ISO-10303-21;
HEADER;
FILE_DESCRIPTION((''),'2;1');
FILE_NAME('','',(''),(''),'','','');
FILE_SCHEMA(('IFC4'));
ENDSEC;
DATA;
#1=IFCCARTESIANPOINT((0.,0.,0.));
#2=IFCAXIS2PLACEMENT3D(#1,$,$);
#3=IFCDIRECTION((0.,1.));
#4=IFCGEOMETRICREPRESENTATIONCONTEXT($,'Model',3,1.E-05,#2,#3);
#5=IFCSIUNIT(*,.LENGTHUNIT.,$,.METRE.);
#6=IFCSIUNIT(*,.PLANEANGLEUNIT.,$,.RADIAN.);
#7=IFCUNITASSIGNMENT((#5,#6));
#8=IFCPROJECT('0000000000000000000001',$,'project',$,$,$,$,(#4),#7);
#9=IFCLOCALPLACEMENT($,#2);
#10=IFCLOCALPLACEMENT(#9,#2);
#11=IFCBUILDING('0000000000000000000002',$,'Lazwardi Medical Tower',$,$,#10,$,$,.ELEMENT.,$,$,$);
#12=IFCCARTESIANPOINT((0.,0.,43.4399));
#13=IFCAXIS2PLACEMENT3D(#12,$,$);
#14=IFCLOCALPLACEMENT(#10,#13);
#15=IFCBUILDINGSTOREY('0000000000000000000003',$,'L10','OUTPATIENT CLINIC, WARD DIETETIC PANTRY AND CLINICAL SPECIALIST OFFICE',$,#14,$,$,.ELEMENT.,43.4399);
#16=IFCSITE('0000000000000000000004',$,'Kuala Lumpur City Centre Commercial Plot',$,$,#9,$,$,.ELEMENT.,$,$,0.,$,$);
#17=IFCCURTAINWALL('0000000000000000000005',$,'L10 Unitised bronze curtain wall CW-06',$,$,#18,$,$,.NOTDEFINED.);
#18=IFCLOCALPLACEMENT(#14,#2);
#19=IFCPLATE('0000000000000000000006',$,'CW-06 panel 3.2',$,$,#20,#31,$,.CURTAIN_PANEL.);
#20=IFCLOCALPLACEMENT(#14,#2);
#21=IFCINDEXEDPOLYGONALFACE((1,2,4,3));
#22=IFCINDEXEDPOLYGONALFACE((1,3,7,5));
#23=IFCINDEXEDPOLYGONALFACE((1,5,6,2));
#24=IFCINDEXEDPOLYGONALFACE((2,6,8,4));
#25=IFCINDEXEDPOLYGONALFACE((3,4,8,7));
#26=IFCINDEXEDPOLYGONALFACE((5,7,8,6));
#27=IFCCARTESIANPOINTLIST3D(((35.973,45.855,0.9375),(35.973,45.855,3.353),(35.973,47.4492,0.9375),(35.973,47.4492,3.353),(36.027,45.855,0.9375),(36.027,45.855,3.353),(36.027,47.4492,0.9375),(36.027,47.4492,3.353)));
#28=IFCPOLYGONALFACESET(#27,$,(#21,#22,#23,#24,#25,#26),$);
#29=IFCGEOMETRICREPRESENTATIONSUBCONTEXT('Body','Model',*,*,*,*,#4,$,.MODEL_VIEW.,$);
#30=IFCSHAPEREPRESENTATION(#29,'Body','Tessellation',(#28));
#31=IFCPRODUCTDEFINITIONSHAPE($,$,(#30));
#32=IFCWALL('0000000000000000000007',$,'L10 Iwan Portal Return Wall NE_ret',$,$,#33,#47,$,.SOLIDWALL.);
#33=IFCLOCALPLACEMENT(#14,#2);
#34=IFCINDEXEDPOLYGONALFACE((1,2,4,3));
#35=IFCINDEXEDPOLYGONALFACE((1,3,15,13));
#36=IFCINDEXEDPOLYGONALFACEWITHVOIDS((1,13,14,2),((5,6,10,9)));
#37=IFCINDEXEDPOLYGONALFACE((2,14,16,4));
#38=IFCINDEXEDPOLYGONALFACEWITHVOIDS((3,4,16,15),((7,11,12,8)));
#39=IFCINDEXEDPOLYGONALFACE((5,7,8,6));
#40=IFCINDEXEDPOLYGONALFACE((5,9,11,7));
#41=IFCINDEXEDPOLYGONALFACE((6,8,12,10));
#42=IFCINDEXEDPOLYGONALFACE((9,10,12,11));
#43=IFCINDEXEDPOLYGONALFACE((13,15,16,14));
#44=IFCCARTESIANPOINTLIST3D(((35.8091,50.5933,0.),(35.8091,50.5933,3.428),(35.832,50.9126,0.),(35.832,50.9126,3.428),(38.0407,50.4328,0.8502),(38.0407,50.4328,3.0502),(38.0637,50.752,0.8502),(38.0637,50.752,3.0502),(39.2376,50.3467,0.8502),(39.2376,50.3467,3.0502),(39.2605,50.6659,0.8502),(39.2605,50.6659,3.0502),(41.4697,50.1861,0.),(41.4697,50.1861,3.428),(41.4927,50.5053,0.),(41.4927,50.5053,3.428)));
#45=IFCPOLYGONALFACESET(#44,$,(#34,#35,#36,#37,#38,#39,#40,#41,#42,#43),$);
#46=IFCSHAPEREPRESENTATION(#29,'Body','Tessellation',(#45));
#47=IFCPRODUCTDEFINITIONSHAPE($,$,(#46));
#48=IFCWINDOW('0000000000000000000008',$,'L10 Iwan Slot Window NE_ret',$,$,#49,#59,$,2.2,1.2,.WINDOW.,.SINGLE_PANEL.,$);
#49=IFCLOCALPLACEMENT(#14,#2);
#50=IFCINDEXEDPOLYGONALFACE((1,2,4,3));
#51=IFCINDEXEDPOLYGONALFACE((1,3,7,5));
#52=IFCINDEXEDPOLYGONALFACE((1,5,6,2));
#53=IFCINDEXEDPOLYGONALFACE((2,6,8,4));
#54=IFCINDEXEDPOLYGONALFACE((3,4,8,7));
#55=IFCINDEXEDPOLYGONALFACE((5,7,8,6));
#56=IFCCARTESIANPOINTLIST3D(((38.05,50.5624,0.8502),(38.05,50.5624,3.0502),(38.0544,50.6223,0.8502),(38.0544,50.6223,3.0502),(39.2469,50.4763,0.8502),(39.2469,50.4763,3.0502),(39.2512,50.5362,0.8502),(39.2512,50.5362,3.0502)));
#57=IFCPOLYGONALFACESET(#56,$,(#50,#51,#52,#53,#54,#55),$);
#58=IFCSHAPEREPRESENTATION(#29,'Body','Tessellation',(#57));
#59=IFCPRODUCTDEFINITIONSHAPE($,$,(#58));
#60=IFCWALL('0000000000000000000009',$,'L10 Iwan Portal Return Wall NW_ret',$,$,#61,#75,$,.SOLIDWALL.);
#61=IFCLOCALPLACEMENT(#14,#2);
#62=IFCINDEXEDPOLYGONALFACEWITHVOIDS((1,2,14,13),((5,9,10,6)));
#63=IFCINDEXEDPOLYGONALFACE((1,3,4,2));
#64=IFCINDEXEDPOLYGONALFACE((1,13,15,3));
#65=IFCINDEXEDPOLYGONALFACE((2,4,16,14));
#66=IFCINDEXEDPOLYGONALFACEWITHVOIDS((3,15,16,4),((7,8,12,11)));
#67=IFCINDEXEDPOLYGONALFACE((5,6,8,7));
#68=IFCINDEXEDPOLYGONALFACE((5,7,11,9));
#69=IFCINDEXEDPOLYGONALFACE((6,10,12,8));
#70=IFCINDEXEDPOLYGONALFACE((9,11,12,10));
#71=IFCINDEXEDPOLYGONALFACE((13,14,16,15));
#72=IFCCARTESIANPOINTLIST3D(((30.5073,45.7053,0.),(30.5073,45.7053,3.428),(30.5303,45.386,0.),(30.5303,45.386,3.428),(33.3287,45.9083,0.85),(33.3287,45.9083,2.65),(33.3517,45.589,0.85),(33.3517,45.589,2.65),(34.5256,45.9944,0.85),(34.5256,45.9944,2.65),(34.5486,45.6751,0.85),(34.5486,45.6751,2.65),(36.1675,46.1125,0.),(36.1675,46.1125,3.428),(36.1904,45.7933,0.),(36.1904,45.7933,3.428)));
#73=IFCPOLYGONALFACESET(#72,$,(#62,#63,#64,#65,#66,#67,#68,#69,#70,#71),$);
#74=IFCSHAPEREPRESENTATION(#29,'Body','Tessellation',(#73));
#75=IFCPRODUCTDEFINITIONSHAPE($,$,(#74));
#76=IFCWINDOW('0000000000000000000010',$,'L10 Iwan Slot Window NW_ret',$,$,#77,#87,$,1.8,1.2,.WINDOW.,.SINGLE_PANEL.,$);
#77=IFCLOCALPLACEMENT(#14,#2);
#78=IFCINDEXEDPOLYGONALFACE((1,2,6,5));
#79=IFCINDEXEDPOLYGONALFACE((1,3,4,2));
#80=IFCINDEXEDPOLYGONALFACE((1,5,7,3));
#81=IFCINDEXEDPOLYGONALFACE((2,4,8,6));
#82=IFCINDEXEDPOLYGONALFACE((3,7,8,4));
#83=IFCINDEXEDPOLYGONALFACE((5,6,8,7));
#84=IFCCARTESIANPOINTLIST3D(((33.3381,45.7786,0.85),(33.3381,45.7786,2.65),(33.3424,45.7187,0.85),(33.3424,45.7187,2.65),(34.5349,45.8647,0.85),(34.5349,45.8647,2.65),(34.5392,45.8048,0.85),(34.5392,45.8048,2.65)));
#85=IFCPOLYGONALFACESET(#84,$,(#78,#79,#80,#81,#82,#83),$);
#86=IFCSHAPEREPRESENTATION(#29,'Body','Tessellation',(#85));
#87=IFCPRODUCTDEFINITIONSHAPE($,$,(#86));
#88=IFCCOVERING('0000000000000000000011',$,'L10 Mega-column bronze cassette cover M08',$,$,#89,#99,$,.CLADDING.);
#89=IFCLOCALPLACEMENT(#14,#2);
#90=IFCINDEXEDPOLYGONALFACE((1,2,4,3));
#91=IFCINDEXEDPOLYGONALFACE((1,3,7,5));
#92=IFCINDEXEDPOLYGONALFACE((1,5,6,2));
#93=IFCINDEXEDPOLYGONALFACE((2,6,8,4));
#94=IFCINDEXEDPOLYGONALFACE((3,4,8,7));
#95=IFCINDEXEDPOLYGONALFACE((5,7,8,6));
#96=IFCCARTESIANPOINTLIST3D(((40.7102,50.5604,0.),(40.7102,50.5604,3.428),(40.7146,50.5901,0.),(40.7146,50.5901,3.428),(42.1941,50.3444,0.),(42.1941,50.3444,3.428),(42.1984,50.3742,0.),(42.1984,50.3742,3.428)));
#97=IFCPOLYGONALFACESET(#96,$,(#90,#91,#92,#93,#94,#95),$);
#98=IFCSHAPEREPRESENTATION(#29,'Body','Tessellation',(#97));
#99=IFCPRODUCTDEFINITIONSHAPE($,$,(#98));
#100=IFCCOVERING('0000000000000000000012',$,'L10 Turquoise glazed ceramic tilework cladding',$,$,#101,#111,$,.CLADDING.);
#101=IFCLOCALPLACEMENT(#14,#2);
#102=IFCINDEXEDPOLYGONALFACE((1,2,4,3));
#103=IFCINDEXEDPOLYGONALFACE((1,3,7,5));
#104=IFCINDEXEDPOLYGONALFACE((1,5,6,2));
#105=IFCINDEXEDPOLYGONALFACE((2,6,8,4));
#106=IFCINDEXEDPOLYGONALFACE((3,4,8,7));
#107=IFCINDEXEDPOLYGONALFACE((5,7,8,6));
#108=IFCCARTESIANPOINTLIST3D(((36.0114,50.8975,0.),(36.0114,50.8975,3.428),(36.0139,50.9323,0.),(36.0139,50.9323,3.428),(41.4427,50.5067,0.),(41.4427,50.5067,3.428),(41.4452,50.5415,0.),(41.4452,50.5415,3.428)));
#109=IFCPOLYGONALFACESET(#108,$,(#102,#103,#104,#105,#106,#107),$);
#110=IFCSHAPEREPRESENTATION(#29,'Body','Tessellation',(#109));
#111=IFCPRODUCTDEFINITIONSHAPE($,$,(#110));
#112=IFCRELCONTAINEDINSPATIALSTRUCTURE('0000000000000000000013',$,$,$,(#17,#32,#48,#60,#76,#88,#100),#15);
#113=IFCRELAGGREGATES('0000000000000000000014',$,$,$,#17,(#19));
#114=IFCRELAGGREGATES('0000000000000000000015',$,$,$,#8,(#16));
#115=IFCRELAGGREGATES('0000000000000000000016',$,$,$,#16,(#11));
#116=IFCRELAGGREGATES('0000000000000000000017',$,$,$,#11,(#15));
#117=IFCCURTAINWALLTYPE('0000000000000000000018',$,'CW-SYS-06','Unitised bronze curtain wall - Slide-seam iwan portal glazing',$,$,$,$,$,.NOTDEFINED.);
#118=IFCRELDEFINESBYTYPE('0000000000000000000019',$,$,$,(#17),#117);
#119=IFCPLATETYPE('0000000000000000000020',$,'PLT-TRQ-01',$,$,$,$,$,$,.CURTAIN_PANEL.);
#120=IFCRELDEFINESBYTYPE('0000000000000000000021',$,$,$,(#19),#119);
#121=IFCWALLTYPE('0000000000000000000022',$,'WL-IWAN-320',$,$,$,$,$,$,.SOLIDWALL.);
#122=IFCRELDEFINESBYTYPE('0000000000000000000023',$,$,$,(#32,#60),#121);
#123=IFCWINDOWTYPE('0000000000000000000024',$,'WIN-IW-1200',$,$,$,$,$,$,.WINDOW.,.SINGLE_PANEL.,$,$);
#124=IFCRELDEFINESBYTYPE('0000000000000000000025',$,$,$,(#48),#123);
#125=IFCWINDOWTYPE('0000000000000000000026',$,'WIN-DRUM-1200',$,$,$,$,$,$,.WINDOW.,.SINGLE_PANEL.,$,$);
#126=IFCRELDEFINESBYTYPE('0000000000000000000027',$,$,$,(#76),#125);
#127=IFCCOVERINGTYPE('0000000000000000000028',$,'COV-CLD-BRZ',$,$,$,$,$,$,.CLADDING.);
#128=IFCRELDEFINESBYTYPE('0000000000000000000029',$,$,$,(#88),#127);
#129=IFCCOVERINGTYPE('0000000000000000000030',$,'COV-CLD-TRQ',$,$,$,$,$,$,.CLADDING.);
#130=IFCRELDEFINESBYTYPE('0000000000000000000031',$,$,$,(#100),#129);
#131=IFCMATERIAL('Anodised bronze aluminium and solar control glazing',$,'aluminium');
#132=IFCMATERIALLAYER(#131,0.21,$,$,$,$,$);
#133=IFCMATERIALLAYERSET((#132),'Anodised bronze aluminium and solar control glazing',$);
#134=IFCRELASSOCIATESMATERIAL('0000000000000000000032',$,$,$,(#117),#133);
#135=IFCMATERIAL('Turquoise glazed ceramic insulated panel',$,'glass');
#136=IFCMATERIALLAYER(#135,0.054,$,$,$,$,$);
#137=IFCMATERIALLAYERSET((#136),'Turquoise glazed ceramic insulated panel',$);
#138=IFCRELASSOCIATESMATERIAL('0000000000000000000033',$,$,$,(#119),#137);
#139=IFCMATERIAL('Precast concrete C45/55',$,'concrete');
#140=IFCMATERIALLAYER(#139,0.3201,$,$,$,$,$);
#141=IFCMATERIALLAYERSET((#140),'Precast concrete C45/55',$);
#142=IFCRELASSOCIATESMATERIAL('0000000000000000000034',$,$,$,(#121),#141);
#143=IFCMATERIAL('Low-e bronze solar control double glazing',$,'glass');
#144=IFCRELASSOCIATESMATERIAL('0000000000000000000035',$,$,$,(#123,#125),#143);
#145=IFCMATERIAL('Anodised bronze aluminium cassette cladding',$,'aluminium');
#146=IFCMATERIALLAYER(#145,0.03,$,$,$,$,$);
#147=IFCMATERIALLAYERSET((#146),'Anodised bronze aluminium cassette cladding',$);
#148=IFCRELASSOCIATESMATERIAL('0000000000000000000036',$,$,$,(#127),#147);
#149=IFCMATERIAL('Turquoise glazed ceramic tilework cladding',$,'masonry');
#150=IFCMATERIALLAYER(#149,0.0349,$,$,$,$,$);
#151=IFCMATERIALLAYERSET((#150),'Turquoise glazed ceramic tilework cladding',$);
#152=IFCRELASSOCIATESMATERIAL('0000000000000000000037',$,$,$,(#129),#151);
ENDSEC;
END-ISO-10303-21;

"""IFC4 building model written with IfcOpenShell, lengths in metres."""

from ifc_helpers import new_model, si_unit, direction, frame, frame_2d, origin, origin_2d, place, context, subcontext, project, spatial, rectangle, extrude, material, layer, layer_set, type_object, element, fill, aggregate, save


model = new_model("IFC4")

# Units and contexts
model_context = context("Model", 3, precision=1e-05, world=origin(), true_north=direction((0.0, 1.0)))
body_context = subcontext(model_context, "Body", "Model", "MODEL_VIEW")
ifc_project = project(units=[si_unit("LENGTHUNIT", "METRE"), si_unit("PLANEANGLEUNIT", "RADIAN")], contexts=[model_context])

# Site, building, storey
site_placement = place(None, origin())
site = spatial("IfcSite", under=ifc_project, at=site_placement, Name="Kuala Lumpur City Centre Commercial Plot", CompositionType="ELEMENT", RefElevation=0.0)
building_placement = place(site_placement, origin())
building = spatial("IfcBuilding", under=site, at=building_placement, Name="Lazwardi Medical Tower", CompositionType="ELEMENT")
storey_placement = place(building_placement, frame((0.0, 0.0, 43.4399)))
storey = spatial("IfcBuildingStorey", under=building, at=storey_placement, Name="L10", Description="OUTPATIENT CLINIC, WARD DIETETIC PANTRY AND CLINICAL SPECIALIST OFFICE", CompositionType="ELEMENT", Elevation=43.4399)

# Curtain wall
ifc_material_1 = material(Name="Anodised bronze aluminium and solar control glazing", Category="aluminium")
ifc_layer_1 = layer(ifc_material_1, 0.21)
ifc_layer_set_1 = layer_set([ifc_layer_1], Name="Anodised bronze aluminium and solar control glazing")
curtain_wall_type_1 = type_object("IfcCurtainWallType", Name="CW-SYS-06", Description="Unitised bronze curtain wall - Slide-seam iwan portal glazing", PredefinedType="NOTDEFINED", material=ifc_layer_set_1)
curtain_wall_1_placement = place(storey_placement, origin())
curtain_wall_1 = element("IfcCurtainWall", 1, at=curtain_wall_1_placement, inside=storey, type_object=curtain_wall_type_1, Name="L10 Unitised bronze curtain wall CW-06", PredefinedType="NOTDEFINED")

# Plate
ifc_material_2 = material(Name="Low-e bronze solar control double glazing", Category="glass")
ifc_material_3 = material(Name="Turquoise glazed ceramic insulated panel", Category="glass")
ifc_layer_2 = layer(ifc_material_3, 0.054)
ifc_layer_set_2 = layer_set([ifc_layer_2], Name="Turquoise glazed ceramic insulated panel")
plate_type_1 = type_object("IfcPlateType", Name="PLT-TRQ-01", PredefinedType="CURTAIN_PANEL", material=ifc_layer_set_2)
plate_1_placement = place(storey_placement, frame((36.0, 46.6521, 0.9375), z_axis=(0.0, 0.0, 1.0), x_axis=(0.0, -1.0, 0.0)))
plate_1 = element("IfcPlate", 2, at=plate_1_placement, type_object=plate_type_1, Name="CW-06 panel 3.2", PredefinedType="CURTAIN_PANEL", context=body_context, shape_type="SweptSolid", body=[
    extrude(rectangle(XDim=1.5942, YDim=0.054, at=origin_2d()), origin(), (0.0, 0.0, 1.0), 2.4155),
])
aggregate(curtain_wall_1, [plate_1])

# Walls, openings, windows
ifc_material_4 = material(Name="Precast concrete C45/55", Category="concrete")
ifc_layer_3 = layer(ifc_material_4, 0.3201)
ifc_layer_set_3 = layer_set([ifc_layer_3], Name="Precast concrete C45/55")
wall_type = type_object("IfcWallType", Name="WL-IWAN-320", PredefinedType="SOLIDWALL", material=ifc_layer_set_3)
wall_1_placement = place(storey_placement, frame((41.4812, 50.3457, 0.0), z_axis=(0.0, 0.0, 1.0), x_axis=(-0.997422, 0.071755, 0.0)))
wall_1 = element("IfcWall", 3, at=wall_1_placement, inside=storey, type_object=wall_type, Name="L10 Iwan Portal Return Wall NE_ret", PredefinedType="SOLIDWALL", context=body_context, shape_type="SweptSolid", body=[
    extrude(rectangle(XDim=5.6753, YDim=0.3201, at=frame_2d((2.8376, 0.0))), origin(), (0.0, 0.0, 1.0), 3.428),
])
opening_1_placement = place(wall_1_placement, frame((2.2378, 0.0, 0.8501)))
opening_1 = element("IfcOpeningElement", 4, at=opening_1_placement, cuts=wall_1, PredefinedType="OPENING", context=body_context, shape_type="SweptSolid", body=[
    extrude(rectangle(XDim=1.2, YDim=2.2, at=frame_2d((0.6001, 1.1001))), frame((0.0, 0.1699, 0.0), z_axis=(0.0, -1.0, 0.0), x_axis=(1.0, 0.0, 0.0)), (0.0, 0.0, 1.0), 0.3401),
])
window_type_1 = type_object("IfcWindowType", Name="WIN-IW-1200", PartitioningType="SINGLE_PANEL", PredefinedType="WINDOW", material=ifc_material_2)
window_1_placement = place(opening_1_placement, origin())
window_1 = element("IfcWindow", 5, at=window_1_placement, inside=storey, type_object=window_type_1, Name="L10 Iwan Slot Window NE_ret", OverallHeight=2.2, OverallWidth=1.2, PartitioningType="SINGLE_PANEL", PredefinedType="WINDOW", context=body_context, shape_type="SweptSolid", body=[
    extrude(rectangle(XDim=1.2, YDim=2.2, at=frame_2d((0.6001, 1.1001))), frame((0.0, 0.03, 0.0), z_axis=(0.0, -1.0, 0.0), x_axis=(1.0, 0.0, 0.0)), (0.0, 0.0, 1.0), 0.0601),
])
fill(opening_1, window_1)
wall_2_placement = place(storey_placement, frame((36.179, 45.9529, 0.0), z_axis=(0.0, 0.0, 1.0), x_axis=(-0.997422, -0.071761, 0.0)))
wall_2 = element("IfcWall", 6, at=wall_2_placement, inside=storey, type_object=wall_type, Name="L10 Iwan Portal Return Wall NW_ret", PredefinedType="SOLIDWALL", context=body_context, shape_type="SweptSolid", body=[
    extrude(rectangle(XDim=5.6748, YDim=0.3201, at=frame_2d((2.8374, 0.0))), origin(), (0.0, 0.0, 1.0), 3.428),
])
opening_2_placement = place(wall_2_placement, frame((1.646, 0.0, 0.8501)))
opening_2 = element("IfcOpeningElement", 7, at=opening_2_placement, cuts=wall_2, PredefinedType="OPENING", context=body_context, shape_type="SweptSolid", body=[
    extrude(rectangle(XDim=1.2, YDim=1.8, at=frame_2d((0.6001, 0.8999))), frame((0.0, 0.1699, 0.0), z_axis=(0.0, -1.0, 0.0), x_axis=(1.0, 0.0, 0.0)), (0.0, 0.0, 1.0), 0.3401),
])
window_type_2 = type_object("IfcWindowType", Name="WIN-DRUM-1200", PartitioningType="SINGLE_PANEL", PredefinedType="WINDOW", material=ifc_material_2)
window_2_placement = place(opening_2_placement, origin())
window_2 = element("IfcWindow", 8, at=window_2_placement, inside=storey, type_object=window_type_2, Name="L10 Iwan Slot Window NW_ret", OverallHeight=1.8, OverallWidth=1.2, PartitioningType="SINGLE_PANEL", PredefinedType="WINDOW", context=body_context, shape_type="SweptSolid", body=[
    extrude(rectangle(XDim=1.2, YDim=1.8, at=frame_2d((0.6001, 0.8999))), frame((0.0, 0.03, 0.0), z_axis=(0.0, -1.0, 0.0), x_axis=(1.0, 0.0, 0.0)), (0.0, 0.0, 1.0), 0.0601),
])
fill(opening_2, window_2)

# Coverings
ifc_material_5 = material(Name="Anodised bronze aluminium cassette cladding", Category="aluminium")
ifc_layer_4 = layer(ifc_material_5, 0.03)
ifc_layer_set_4 = layer_set([ifc_layer_4], Name="Anodised bronze aluminium cassette cladding")
covering_type_1 = type_object("IfcCoveringType", Name="COV-CLD-BRZ", PredefinedType="CLADDING", material=ifc_layer_set_4)
covering_1_placement = place(storey_placement, frame((41.4543, 50.4673, 0.0), z_axis=(0.0, 0.0, 1.0), x_axis=(-0.989573, 0.144035, 0.0)))
element("IfcCovering", 9, at=covering_1_placement, inside=storey, type_object=covering_type_1, Name="L10 Mega-column bronze cassette cover M08", PredefinedType="CLADDING", context=body_context, shape_type="SweptSolid", body=[
    extrude(rectangle(XDim=1.4995, YDim=0.03, at=origin_2d()), origin(), (0.0, 0.0, 1.0), 3.428),
])
ifc_material_6 = material(Name="Turquoise glazed ceramic tilework cladding", Category="masonry")
ifc_layer_5 = layer(ifc_material_6, 0.0349)
ifc_layer_set_5 = layer_set([ifc_layer_5], Name="Turquoise glazed ceramic tilework cladding")
covering_type_2 = type_object("IfcCoveringType", Name="COV-CLD-TRQ", PredefinedType="CLADDING", material=ifc_layer_set_5)
covering_2_placement = place(storey_placement, frame((38.7283, 50.7195, 0.0), z_axis=(0.0, 0.0, 1.0), x_axis=(-0.997421, 0.071767, 0.0)))
element("IfcCovering", 10, at=covering_2_placement, inside=storey, type_object=covering_type_2, Name="L10 Turquoise glazed ceramic tilework cladding", PredefinedType="CLADDING", context=body_context, shape_type="SweptSolid", body=[
    extrude(rectangle(XDim=5.4453, YDim=0.0349, at=origin_2d()), origin(), (0.0, 0.0, 1.0), 3.428),
])

save(model, "model.ifc")
